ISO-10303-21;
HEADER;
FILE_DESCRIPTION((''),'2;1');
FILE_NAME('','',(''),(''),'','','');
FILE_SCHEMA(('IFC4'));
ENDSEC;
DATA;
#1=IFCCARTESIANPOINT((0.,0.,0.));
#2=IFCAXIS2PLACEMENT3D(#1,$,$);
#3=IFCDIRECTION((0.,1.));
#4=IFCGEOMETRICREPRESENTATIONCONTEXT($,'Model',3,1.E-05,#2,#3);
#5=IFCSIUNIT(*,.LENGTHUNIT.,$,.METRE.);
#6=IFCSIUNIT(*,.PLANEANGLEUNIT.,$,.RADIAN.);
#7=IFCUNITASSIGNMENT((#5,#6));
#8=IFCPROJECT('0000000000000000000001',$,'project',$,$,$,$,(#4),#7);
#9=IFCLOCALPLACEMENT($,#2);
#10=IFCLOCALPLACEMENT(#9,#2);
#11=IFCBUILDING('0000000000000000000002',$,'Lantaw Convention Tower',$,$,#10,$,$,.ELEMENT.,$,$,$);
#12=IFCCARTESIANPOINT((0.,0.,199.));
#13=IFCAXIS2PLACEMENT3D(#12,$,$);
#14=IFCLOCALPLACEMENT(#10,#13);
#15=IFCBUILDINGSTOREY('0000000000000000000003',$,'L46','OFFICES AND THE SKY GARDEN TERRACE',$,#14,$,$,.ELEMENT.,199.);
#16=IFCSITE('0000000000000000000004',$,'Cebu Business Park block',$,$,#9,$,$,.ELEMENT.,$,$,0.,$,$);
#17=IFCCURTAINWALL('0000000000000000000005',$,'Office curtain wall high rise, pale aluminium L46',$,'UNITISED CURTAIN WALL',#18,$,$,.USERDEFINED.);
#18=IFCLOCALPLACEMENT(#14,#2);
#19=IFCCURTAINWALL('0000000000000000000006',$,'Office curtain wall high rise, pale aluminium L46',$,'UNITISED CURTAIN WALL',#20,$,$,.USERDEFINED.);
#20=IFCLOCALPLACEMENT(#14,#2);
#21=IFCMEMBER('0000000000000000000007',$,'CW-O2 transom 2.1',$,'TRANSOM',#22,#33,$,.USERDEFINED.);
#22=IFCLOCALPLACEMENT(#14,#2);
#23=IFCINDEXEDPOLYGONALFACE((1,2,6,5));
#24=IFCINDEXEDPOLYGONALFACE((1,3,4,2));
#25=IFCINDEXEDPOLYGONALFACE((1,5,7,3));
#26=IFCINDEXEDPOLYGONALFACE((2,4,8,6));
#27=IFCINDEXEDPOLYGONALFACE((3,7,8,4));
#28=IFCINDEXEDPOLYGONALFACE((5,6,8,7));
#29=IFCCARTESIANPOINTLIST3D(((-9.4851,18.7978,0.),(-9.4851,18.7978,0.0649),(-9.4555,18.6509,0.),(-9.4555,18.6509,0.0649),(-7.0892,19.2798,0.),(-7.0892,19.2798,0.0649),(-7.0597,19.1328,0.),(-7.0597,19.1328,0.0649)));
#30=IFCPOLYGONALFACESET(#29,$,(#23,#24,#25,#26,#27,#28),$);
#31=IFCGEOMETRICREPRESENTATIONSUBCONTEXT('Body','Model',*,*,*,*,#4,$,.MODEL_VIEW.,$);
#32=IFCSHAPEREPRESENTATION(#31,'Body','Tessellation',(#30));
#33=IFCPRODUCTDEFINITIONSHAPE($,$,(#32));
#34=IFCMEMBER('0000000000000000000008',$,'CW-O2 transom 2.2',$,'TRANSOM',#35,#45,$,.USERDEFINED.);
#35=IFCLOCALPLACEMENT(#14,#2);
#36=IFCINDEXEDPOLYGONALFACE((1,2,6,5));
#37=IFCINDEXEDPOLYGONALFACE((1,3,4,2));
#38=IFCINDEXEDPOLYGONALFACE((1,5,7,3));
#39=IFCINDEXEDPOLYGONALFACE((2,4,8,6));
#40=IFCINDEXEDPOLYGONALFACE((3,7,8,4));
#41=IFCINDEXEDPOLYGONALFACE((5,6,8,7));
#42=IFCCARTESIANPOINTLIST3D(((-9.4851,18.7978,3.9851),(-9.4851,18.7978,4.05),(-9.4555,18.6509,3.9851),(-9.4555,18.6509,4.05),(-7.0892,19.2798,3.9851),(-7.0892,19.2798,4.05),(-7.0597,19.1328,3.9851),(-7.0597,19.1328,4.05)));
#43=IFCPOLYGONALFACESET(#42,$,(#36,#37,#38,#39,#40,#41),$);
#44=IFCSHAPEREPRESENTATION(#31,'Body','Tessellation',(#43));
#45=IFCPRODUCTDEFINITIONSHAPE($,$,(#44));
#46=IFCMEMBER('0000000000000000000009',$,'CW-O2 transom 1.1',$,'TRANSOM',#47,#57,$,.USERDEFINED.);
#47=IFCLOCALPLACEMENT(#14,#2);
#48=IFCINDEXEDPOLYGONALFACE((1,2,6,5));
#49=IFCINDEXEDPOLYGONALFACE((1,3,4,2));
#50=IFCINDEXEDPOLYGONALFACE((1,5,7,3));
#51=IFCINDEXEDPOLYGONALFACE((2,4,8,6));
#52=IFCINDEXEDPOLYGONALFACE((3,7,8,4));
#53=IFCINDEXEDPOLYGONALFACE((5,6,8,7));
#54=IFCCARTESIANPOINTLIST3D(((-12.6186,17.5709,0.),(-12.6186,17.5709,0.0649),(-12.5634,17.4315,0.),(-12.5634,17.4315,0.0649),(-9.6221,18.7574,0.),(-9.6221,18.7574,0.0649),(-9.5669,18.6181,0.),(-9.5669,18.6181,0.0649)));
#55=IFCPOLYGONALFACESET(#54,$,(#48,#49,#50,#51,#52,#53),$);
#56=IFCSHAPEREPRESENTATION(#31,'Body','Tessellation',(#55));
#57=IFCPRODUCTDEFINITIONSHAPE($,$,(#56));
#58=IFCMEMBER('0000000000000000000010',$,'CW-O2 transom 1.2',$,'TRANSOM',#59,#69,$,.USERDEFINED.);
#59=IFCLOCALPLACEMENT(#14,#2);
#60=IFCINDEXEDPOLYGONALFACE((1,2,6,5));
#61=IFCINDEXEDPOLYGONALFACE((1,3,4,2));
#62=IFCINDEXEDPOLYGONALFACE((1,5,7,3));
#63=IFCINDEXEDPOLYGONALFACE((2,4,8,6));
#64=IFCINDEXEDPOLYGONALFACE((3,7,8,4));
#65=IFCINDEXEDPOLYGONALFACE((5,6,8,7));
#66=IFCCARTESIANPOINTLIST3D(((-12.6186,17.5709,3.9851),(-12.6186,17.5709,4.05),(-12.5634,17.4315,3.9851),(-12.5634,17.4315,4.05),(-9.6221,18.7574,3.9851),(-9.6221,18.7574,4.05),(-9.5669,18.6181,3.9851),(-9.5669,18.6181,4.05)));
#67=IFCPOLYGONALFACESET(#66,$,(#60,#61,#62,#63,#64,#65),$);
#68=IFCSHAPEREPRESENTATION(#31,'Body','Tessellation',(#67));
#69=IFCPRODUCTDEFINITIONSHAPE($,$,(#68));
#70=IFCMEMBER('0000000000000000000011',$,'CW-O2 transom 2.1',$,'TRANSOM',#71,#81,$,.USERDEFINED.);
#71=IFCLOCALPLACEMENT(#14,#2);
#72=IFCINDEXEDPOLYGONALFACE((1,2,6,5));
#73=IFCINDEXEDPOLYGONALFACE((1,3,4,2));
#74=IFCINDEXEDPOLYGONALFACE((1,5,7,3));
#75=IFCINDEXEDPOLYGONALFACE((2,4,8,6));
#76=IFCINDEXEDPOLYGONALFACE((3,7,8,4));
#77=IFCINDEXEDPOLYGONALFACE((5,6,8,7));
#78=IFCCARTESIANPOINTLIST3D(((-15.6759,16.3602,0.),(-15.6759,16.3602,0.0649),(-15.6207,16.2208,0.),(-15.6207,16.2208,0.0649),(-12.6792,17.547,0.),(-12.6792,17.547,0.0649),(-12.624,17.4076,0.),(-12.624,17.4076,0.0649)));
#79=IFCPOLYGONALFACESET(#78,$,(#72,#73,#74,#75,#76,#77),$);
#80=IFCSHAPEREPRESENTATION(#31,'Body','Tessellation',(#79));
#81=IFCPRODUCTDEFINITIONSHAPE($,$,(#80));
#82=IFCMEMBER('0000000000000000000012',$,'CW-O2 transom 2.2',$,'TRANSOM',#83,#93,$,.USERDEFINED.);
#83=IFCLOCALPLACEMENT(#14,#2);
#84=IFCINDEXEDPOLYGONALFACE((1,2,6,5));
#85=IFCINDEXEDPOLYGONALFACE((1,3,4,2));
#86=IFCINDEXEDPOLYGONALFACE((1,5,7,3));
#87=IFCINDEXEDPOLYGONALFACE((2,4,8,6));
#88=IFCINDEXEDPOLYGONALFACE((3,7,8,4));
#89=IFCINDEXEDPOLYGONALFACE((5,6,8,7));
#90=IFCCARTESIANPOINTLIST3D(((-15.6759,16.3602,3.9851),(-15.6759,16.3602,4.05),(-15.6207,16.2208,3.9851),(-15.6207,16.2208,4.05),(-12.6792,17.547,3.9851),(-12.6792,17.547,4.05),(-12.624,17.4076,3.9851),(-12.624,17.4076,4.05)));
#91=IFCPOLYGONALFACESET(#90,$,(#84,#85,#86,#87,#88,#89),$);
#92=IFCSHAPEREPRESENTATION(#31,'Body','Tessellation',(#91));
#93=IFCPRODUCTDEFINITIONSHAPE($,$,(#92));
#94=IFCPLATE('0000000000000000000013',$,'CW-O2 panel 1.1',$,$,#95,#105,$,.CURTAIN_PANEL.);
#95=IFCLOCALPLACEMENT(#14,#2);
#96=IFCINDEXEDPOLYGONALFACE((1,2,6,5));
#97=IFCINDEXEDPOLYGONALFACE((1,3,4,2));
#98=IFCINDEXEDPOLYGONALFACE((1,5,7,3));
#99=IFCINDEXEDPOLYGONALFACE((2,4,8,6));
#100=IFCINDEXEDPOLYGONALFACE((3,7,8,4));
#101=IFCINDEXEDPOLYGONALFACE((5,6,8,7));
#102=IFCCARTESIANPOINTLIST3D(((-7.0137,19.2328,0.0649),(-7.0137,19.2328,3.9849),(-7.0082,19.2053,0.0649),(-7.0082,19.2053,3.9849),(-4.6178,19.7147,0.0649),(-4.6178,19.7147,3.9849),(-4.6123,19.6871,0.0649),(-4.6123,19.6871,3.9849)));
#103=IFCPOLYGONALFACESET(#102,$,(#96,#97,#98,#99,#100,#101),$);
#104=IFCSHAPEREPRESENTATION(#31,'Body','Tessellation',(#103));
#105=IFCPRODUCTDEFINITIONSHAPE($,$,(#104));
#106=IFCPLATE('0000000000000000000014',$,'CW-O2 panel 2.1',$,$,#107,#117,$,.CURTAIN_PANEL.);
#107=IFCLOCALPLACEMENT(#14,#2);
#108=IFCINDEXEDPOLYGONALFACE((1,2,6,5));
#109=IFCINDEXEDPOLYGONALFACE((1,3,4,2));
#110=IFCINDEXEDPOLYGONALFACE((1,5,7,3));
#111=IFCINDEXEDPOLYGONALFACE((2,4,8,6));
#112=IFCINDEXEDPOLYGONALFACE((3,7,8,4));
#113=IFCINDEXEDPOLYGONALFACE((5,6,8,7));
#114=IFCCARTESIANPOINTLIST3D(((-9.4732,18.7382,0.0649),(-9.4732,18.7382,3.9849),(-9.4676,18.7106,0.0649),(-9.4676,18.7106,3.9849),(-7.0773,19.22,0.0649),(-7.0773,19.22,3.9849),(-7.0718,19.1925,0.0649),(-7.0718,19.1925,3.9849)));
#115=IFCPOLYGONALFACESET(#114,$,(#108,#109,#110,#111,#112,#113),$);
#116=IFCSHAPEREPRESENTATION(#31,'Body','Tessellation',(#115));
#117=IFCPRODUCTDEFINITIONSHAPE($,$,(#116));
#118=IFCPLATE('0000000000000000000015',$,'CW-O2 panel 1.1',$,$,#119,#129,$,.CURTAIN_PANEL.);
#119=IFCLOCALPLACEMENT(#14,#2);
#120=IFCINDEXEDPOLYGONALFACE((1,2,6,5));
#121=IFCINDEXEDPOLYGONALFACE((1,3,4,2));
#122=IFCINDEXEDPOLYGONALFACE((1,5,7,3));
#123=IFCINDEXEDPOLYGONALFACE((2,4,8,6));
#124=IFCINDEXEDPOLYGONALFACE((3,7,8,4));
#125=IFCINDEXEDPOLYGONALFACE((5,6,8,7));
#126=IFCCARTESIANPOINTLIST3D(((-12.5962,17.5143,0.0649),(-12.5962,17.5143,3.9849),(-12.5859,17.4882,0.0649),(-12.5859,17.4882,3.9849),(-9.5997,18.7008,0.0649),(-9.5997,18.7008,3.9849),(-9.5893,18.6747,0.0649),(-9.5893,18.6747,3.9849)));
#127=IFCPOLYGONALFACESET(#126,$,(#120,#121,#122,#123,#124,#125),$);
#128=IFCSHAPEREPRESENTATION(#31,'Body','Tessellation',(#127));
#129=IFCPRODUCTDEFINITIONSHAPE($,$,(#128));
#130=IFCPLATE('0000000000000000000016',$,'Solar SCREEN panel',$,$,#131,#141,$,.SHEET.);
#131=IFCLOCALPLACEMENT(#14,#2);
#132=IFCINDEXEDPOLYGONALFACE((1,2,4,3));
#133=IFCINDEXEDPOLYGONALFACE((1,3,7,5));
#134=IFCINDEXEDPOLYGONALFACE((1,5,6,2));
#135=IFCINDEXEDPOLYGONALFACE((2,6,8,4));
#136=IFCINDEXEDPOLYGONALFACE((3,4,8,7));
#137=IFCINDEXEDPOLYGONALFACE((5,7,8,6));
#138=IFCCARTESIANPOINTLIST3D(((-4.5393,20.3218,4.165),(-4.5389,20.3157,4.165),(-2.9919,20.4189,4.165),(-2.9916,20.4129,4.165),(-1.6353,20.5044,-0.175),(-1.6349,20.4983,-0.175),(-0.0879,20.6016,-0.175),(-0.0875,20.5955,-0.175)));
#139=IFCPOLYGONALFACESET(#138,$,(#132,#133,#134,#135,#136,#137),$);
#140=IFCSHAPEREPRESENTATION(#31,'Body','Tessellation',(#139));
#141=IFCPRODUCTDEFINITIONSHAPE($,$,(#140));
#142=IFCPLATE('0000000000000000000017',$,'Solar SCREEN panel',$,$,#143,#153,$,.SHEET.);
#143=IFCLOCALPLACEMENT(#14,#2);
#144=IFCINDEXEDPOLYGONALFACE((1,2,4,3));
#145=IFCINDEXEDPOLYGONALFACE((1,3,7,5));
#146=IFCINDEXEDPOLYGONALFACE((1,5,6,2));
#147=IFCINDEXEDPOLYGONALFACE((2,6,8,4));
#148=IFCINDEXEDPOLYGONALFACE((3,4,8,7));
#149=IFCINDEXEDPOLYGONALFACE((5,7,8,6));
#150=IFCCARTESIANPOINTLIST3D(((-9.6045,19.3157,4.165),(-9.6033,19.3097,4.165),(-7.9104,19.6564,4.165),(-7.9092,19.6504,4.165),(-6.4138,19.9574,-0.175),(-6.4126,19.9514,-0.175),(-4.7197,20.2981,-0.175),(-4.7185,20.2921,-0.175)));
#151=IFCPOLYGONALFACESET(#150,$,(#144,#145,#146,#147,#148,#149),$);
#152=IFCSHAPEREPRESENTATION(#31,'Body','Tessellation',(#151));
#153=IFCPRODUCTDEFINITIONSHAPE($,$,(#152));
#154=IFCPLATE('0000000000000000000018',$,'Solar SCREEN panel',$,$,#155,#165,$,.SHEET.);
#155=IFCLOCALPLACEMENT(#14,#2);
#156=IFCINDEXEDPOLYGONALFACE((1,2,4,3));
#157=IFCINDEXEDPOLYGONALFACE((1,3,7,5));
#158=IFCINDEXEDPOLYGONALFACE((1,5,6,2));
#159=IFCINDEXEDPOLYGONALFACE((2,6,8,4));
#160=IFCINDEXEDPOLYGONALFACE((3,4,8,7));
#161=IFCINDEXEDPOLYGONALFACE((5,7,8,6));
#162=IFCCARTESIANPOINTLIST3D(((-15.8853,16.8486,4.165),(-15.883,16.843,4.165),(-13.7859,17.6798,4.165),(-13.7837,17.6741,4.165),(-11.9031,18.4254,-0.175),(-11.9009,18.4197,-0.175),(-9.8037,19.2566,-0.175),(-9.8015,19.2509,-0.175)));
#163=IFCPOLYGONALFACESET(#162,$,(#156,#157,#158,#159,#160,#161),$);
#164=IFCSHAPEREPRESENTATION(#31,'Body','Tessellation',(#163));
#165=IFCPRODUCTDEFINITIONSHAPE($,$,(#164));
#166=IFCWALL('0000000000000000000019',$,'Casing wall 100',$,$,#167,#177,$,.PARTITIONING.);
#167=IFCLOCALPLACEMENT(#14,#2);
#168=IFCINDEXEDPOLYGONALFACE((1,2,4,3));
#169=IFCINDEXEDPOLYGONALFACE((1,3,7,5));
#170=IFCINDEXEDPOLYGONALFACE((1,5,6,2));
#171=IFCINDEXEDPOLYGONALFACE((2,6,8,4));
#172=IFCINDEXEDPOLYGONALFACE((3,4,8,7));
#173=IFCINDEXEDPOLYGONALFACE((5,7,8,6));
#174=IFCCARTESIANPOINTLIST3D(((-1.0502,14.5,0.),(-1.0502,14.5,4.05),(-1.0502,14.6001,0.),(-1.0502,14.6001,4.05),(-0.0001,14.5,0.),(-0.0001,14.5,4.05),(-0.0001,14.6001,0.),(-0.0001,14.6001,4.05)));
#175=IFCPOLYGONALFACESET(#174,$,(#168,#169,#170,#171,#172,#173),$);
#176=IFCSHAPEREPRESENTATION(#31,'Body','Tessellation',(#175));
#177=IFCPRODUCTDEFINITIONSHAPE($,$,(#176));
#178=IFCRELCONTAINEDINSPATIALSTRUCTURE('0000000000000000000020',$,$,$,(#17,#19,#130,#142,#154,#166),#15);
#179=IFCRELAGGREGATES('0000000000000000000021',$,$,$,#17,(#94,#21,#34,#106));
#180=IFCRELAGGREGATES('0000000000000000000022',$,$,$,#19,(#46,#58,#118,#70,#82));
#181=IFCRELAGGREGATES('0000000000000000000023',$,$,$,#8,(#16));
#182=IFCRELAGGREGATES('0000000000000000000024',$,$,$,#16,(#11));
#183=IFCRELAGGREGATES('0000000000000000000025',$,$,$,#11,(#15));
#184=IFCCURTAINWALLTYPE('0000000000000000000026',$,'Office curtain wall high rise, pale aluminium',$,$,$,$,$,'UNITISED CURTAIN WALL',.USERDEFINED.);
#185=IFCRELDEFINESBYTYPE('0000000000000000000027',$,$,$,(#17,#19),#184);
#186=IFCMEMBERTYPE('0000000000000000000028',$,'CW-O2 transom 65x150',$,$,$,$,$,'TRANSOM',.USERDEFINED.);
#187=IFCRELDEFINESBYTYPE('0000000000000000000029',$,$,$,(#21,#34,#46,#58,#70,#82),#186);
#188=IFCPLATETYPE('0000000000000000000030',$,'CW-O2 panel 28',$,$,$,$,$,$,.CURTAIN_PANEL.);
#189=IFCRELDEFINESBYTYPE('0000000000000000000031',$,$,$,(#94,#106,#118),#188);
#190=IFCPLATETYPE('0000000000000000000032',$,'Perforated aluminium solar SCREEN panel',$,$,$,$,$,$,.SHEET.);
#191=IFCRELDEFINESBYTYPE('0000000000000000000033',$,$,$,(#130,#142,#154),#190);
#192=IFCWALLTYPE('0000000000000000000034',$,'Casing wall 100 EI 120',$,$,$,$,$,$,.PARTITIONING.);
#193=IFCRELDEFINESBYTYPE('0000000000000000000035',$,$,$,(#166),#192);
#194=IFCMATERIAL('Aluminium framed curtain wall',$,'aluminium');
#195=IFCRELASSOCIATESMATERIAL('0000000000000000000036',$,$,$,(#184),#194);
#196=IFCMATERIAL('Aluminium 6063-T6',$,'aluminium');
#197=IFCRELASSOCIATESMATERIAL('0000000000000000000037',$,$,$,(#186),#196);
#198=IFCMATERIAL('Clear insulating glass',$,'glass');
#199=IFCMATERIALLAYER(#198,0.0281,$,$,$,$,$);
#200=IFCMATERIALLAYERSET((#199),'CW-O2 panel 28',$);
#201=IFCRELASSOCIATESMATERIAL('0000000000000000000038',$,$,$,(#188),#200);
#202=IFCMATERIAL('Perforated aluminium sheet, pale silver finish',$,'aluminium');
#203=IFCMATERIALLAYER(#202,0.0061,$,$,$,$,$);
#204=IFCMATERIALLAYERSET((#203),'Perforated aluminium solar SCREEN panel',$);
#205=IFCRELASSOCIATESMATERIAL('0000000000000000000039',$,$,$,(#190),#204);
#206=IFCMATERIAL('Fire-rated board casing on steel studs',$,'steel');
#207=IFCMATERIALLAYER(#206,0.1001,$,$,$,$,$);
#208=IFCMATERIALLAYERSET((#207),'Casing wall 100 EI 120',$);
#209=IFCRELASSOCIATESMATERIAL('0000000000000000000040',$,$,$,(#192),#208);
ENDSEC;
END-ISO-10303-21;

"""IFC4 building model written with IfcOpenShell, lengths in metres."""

from ifc_helpers import new_model, si_unit, direction, frame, frame_2d, origin, origin_2d, place, context, subcontext, project, spatial, polyline, rectangle, outline, extrude, material, layer, layer_set, material_profile, profile_set, type_object, element, aggregate, save


model = new_model("IFC4")

# Units and contexts
model_context = context("Model", 3, precision=1e-05, world=origin(), true_north=direction((0.0, 1.0)))
body_context = subcontext(model_context, "Body", "Model", "MODEL_VIEW")
ifc_project = project(units=[si_unit("LENGTHUNIT", "METRE"), si_unit("PLANEANGLEUNIT", "RADIAN")], contexts=[model_context])

# Site, building, storey
site_placement = place(None, origin())
site = spatial("IfcSite", under=ifc_project, at=site_placement, Name="Cebu Business Park block", CompositionType="ELEMENT", RefElevation=0.0)
building_placement = place(site_placement, origin())
building = spatial("IfcBuilding", under=site, at=building_placement, Name="Lantaw Convention Tower", CompositionType="ELEMENT")
storey_placement = place(building_placement, frame((0.0, 0.0, 199.0)))
storey = spatial("IfcBuildingStorey", under=building, at=storey_placement, Name="L46", Description="OFFICES AND THE SKY GARDEN TERRACE", CompositionType="ELEMENT", Elevation=199.0)

# Curtain walls
ifc_material_1 = material(Name="Aluminium framed curtain wall", Category="aluminium")
curtain_wall_type = type_object("IfcCurtainWallType", Name="Office curtain wall high rise, pale aluminium", ElementType="UNITISED CURTAIN WALL", PredefinedType="USERDEFINED", material=ifc_material_1)
curtain_wall_1_placement = place(storey_placement, origin())
curtain_wall_1 = element("IfcCurtainWall", 1, at=curtain_wall_1_placement, inside=storey, type_object=curtain_wall_type, Name="Office curtain wall high rise, pale aluminium L46", ObjectType="UNITISED CURTAIN WALL", PredefinedType="USERDEFINED")
ifc_material_2 = material(Name="Aluminium 6063-T6", Category="aluminium")
curtain_wall_2_placement = place(storey_placement, origin())
curtain_wall_2 = element("IfcCurtainWall", 2, at=curtain_wall_2_placement, inside=storey, type_object=curtain_wall_type, Name="Office curtain wall high rise, pale aluminium L46", ObjectType="UNITISED CURTAIN WALL", PredefinedType="USERDEFINED")

# Members
ifc_material_profile_1 = material_profile(ifc_material_2, rectangle(XDim=0.1499, YDim=0.0649, at=origin_2d()), Name="CW-O2 transom 65x150")
ifc_profile_set_1 = profile_set([ifc_material_profile_1], Name="Aluminium 6063-T6")
member_type_1 = type_object("IfcMemberType", Name="CW-O2 transom 65x150", ElementType="TRANSOM", PredefinedType="USERDEFINED", material=ifc_profile_set_1)
member_1_placement = place(storey_placement, frame((-7.0745, 19.2063, 0.0325), z_axis=(-0.980361, -0.197211, 0.0), x_axis=(0.197211, -0.980361, 0.0)))
member_1 = element("IfcMember", 3, at=member_1_placement, type_object=member_type_1, Name="CW-O2 transom 2.1", ObjectType="TRANSOM", PredefinedType="USERDEFINED", context=body_context, shape_type="SweptSolid", body=[
    extrude(rectangle(XDim=0.1499, YDim=0.0649, at=origin_2d()), origin(), (0.0, 0.0, 1.0), 2.4438),
])
member_2_placement = place(storey_placement, frame((-7.0745, 19.2063, 4.0176), z_axis=(-0.980361, -0.197211, 0.0), x_axis=(0.197211, -0.980361, 0.0)))
member_2 = element("IfcMember", 4, at=member_2_placement, type_object=member_type_1, Name="CW-O2 transom 2.2", ObjectType="TRANSOM", PredefinedType="USERDEFINED", context=body_context, shape_type="SweptSolid", body=[
    extrude(rectangle(XDim=0.1499, YDim=0.0649, at=origin_2d()), origin(), (0.0, 0.0, 1.0), 2.4438),
])
member_3_placement = place(storey_placement, frame((-9.5945, 18.6877, 0.0325), z_axis=(-0.929767, -0.368149, 0.0), x_axis=(0.368149, -0.929767, 0.0)))
member_3 = element("IfcMember", 5, at=member_3_placement, type_object=member_type_1, Name="CW-O2 transom 1.1", ObjectType="TRANSOM", PredefinedType="USERDEFINED", context=body_context, shape_type="SweptSolid", body=[
    extrude(rectangle(XDim=0.1499, YDim=0.0649, at=origin_2d()), origin(), (0.0, 0.0, 1.0), 3.2229),
])
member_4_placement = place(storey_placement, frame((-9.5945, 18.6877, 4.0176), z_axis=(-0.929767, -0.368149, 0.0), x_axis=(0.368149, -0.929767, 0.0)))
member_4 = element("IfcMember", 6, at=member_4_placement, type_object=member_type_1, Name="CW-O2 transom 1.2", ObjectType="TRANSOM", PredefinedType="USERDEFINED", context=body_context, shape_type="SweptSolid", body=[
    extrude(rectangle(XDim=0.1499, YDim=0.0649, at=origin_2d()), origin(), (0.0, 0.0, 1.0), 3.2229),
])
member_5_placement = place(storey_placement, frame((-12.6516, 17.4773, 0.0325), z_axis=(-0.929741, -0.368215, 0.0), x_axis=(0.368215, -0.929741, 0.0)))
member_5 = element("IfcMember", 7, at=member_5_placement, type_object=member_type_1, Name="CW-O2 transom 2.1", ObjectType="TRANSOM", PredefinedType="USERDEFINED", context=body_context, shape_type="SweptSolid", body=[
    extrude(rectangle(XDim=0.1499, YDim=0.0649, at=origin_2d()), origin(), (0.0, 0.0, 1.0), 3.2231),
])
member_6_placement = place(storey_placement, frame((-12.6516, 17.4773, 4.0176), z_axis=(-0.929741, -0.368215, 0.0), x_axis=(0.368215, -0.929741, 0.0)))
member_6 = element("IfcMember", 8, at=member_6_placement, type_object=member_type_1, Name="CW-O2 transom 2.2", ObjectType="TRANSOM", PredefinedType="USERDEFINED", context=body_context, shape_type="SweptSolid", body=[
    extrude(rectangle(XDim=0.1499, YDim=0.0649, at=origin_2d()), origin(), (0.0, 0.0, 1.0), 3.2231),
])

# Plates
ifc_material_3 = material(Name="Clear insulating glass", Category="glass")
ifc_layer_1 = layer(ifc_material_3, 0.0281)
ifc_layer_set_1 = layer_set([ifc_layer_1], Name="CW-O2 panel 28")
plate_type_1 = type_object("IfcPlateType", Name="CW-O2 panel 28", PredefinedType="CURTAIN_PANEL", material=ifc_layer_set_1)
plate_1_placement = place(storey_placement, frame((-5.813, 19.46, 0.0649), z_axis=(0.0, 0.0, 1.0), x_axis=(-0.980367, -0.197183, 0.0)))
plate_1 = element("IfcPlate", 9, at=plate_1_placement, type_object=plate_type_1, Name="CW-O2 panel 1.1", PredefinedType="CURTAIN_PANEL", context=body_context, shape_type="SweptSolid", body=[
    extrude(rectangle(XDim=2.4438, YDim=0.0281, at=origin_2d()), origin(), (0.0, 0.0, 1.0), 3.9199),
])
plate_2_placement = place(storey_placement, frame((-8.2725, 18.9653, 0.0649), z_axis=(0.0, 0.0, 1.0), x_axis=(-0.980367, -0.197183, 0.0)))
plate_2 = element("IfcPlate", 10, at=plate_2_placement, type_object=plate_type_1, Name="CW-O2 panel 2.1", PredefinedType="CURTAIN_PANEL", context=body_context, shape_type="SweptSolid", body=[
    extrude(rectangle(XDim=2.4438, YDim=0.0281, at=origin_2d()), origin(), (0.0, 0.0, 1.0), 3.9199),
])
aggregate(curtain_wall_1, [plate_1, member_1, member_2, plate_2])
plate_3_placement = place(storey_placement, frame((-11.0928, 18.0945, 0.0649), z_axis=(0.0, 0.0, 1.0), x_axis=(-0.929762, -0.368162, 0.0)))
plate_3 = element("IfcPlate", 11, at=plate_3_placement, type_object=plate_type_1, Name="CW-O2 panel 1.1", PredefinedType="CURTAIN_PANEL", context=body_context, shape_type="SweptSolid", body=[
    extrude(rectangle(XDim=3.2229, YDim=0.0281, at=origin_2d()), origin(), (0.0, 0.0, 1.0), 3.9199),
])
aggregate(curtain_wall_2, [member_3, member_4, plate_3, member_5, member_6])

# Plates
ifc_material_4 = material(Name="Perforated aluminium sheet, pale silver finish", Category="aluminium")
ifc_layer_2 = layer(ifc_material_4, 0.0061)
ifc_layer_set_2 = layer_set([ifc_layer_2], Name="Perforated aluminium solar SCREEN panel")
plate_type_2 = type_object("IfcPlateType", Name="Perforated aluminium solar SCREEN panel", PredefinedType="SHEET", material=ifc_layer_set_2)
plate_4_placement = place(storey_placement, frame((-0.0879, 20.6016, -0.175), z_axis=(-0.062672, 0.998034, 0.000059), x_axis=(-0.998034, -0.062672, 0.0)))
element("IfcPlate", 12, at=plate_4_placement, inside=storey, type_object=plate_type_2, Name="Solar SCREEN panel", PredefinedType="SHEET", context=body_context, shape_type="SweptSolid", body=[
    extrude(outline(polyline([(0.0, 0.0), (1.5504, 0.0), (4.4602, 4.3401), (2.9098, 4.3401), (0.0, 0.0)])), origin(), (0.0, 0.0, -1.0), 0.0061),
])
plate_5_placement = place(storey_placement, frame((-4.7197, 20.2981, -0.175), z_axis=(-0.197162, 0.980371, 0.000011), x_axis=(-0.980371, -0.197162, 0.0)))
element("IfcPlate", 13, at=plate_5_placement, inside=storey, type_object=plate_type_2, Name="Solar SCREEN panel", PredefinedType="SHEET", context=body_context, shape_type="SweptSolid", body=[
    extrude(outline(polyline([(0.0, 0.0), (1.728, 0.0), (4.9826, 4.3401), (3.2546, 4.3401), (0.0, 0.0)])), origin(), (0.0, 0.0, -1.0), 0.0061),
])
plate_6_placement = place(storey_placement, frame((-9.8037, 19.2566, -0.175), z_axis=(-0.368117, 0.92978, 0.000036), x_axis=(-0.92978, -0.368117, 0.0)))
element("IfcPlate", 14, at=plate_6_placement, inside=storey, type_object=plate_type_2, Name="Solar SCREEN panel", PredefinedType="SHEET", context=body_context, shape_type="SweptSolid", body=[
    extrude(outline(polyline([(0.0, 0.0), (2.258, 0.0), (6.5409, 4.3401), (4.283, 4.3401), (0.0, 0.0)])), origin(), (0.0, 0.0, -1.0), 0.0061),
])

# Wall
ifc_material_5 = material(Name="Fire-rated board casing on steel studs", Category="steel")
ifc_layer_3 = layer(ifc_material_5, 0.1001)
ifc_layer_set_3 = layer_set([ifc_layer_3], Name="Casing wall 100 EI 120")
wall_type = type_object("IfcWallType", Name="Casing wall 100 EI 120", PredefinedType="PARTITIONING", material=ifc_layer_set_3)
wall_placement = place(storey_placement, frame((-1.05, 14.55, 0.0), z_axis=(0.0, 0.0, 1.0), x_axis=(1.0, 0.0, 0.0)))
element("IfcWall", 15, at=wall_placement, inside=storey, type_object=wall_type, Name="Casing wall 100", PredefinedType="PARTITIONING", context=body_context, shape_type="SweptSolid", body=[
    extrude(rectangle(XDim=1.05, YDim=0.1001, at=frame_2d((0.5249, 0.0))), origin(), (0.0, 0.0, 1.0), 4.05),
])

save(model, "model.ifc")
